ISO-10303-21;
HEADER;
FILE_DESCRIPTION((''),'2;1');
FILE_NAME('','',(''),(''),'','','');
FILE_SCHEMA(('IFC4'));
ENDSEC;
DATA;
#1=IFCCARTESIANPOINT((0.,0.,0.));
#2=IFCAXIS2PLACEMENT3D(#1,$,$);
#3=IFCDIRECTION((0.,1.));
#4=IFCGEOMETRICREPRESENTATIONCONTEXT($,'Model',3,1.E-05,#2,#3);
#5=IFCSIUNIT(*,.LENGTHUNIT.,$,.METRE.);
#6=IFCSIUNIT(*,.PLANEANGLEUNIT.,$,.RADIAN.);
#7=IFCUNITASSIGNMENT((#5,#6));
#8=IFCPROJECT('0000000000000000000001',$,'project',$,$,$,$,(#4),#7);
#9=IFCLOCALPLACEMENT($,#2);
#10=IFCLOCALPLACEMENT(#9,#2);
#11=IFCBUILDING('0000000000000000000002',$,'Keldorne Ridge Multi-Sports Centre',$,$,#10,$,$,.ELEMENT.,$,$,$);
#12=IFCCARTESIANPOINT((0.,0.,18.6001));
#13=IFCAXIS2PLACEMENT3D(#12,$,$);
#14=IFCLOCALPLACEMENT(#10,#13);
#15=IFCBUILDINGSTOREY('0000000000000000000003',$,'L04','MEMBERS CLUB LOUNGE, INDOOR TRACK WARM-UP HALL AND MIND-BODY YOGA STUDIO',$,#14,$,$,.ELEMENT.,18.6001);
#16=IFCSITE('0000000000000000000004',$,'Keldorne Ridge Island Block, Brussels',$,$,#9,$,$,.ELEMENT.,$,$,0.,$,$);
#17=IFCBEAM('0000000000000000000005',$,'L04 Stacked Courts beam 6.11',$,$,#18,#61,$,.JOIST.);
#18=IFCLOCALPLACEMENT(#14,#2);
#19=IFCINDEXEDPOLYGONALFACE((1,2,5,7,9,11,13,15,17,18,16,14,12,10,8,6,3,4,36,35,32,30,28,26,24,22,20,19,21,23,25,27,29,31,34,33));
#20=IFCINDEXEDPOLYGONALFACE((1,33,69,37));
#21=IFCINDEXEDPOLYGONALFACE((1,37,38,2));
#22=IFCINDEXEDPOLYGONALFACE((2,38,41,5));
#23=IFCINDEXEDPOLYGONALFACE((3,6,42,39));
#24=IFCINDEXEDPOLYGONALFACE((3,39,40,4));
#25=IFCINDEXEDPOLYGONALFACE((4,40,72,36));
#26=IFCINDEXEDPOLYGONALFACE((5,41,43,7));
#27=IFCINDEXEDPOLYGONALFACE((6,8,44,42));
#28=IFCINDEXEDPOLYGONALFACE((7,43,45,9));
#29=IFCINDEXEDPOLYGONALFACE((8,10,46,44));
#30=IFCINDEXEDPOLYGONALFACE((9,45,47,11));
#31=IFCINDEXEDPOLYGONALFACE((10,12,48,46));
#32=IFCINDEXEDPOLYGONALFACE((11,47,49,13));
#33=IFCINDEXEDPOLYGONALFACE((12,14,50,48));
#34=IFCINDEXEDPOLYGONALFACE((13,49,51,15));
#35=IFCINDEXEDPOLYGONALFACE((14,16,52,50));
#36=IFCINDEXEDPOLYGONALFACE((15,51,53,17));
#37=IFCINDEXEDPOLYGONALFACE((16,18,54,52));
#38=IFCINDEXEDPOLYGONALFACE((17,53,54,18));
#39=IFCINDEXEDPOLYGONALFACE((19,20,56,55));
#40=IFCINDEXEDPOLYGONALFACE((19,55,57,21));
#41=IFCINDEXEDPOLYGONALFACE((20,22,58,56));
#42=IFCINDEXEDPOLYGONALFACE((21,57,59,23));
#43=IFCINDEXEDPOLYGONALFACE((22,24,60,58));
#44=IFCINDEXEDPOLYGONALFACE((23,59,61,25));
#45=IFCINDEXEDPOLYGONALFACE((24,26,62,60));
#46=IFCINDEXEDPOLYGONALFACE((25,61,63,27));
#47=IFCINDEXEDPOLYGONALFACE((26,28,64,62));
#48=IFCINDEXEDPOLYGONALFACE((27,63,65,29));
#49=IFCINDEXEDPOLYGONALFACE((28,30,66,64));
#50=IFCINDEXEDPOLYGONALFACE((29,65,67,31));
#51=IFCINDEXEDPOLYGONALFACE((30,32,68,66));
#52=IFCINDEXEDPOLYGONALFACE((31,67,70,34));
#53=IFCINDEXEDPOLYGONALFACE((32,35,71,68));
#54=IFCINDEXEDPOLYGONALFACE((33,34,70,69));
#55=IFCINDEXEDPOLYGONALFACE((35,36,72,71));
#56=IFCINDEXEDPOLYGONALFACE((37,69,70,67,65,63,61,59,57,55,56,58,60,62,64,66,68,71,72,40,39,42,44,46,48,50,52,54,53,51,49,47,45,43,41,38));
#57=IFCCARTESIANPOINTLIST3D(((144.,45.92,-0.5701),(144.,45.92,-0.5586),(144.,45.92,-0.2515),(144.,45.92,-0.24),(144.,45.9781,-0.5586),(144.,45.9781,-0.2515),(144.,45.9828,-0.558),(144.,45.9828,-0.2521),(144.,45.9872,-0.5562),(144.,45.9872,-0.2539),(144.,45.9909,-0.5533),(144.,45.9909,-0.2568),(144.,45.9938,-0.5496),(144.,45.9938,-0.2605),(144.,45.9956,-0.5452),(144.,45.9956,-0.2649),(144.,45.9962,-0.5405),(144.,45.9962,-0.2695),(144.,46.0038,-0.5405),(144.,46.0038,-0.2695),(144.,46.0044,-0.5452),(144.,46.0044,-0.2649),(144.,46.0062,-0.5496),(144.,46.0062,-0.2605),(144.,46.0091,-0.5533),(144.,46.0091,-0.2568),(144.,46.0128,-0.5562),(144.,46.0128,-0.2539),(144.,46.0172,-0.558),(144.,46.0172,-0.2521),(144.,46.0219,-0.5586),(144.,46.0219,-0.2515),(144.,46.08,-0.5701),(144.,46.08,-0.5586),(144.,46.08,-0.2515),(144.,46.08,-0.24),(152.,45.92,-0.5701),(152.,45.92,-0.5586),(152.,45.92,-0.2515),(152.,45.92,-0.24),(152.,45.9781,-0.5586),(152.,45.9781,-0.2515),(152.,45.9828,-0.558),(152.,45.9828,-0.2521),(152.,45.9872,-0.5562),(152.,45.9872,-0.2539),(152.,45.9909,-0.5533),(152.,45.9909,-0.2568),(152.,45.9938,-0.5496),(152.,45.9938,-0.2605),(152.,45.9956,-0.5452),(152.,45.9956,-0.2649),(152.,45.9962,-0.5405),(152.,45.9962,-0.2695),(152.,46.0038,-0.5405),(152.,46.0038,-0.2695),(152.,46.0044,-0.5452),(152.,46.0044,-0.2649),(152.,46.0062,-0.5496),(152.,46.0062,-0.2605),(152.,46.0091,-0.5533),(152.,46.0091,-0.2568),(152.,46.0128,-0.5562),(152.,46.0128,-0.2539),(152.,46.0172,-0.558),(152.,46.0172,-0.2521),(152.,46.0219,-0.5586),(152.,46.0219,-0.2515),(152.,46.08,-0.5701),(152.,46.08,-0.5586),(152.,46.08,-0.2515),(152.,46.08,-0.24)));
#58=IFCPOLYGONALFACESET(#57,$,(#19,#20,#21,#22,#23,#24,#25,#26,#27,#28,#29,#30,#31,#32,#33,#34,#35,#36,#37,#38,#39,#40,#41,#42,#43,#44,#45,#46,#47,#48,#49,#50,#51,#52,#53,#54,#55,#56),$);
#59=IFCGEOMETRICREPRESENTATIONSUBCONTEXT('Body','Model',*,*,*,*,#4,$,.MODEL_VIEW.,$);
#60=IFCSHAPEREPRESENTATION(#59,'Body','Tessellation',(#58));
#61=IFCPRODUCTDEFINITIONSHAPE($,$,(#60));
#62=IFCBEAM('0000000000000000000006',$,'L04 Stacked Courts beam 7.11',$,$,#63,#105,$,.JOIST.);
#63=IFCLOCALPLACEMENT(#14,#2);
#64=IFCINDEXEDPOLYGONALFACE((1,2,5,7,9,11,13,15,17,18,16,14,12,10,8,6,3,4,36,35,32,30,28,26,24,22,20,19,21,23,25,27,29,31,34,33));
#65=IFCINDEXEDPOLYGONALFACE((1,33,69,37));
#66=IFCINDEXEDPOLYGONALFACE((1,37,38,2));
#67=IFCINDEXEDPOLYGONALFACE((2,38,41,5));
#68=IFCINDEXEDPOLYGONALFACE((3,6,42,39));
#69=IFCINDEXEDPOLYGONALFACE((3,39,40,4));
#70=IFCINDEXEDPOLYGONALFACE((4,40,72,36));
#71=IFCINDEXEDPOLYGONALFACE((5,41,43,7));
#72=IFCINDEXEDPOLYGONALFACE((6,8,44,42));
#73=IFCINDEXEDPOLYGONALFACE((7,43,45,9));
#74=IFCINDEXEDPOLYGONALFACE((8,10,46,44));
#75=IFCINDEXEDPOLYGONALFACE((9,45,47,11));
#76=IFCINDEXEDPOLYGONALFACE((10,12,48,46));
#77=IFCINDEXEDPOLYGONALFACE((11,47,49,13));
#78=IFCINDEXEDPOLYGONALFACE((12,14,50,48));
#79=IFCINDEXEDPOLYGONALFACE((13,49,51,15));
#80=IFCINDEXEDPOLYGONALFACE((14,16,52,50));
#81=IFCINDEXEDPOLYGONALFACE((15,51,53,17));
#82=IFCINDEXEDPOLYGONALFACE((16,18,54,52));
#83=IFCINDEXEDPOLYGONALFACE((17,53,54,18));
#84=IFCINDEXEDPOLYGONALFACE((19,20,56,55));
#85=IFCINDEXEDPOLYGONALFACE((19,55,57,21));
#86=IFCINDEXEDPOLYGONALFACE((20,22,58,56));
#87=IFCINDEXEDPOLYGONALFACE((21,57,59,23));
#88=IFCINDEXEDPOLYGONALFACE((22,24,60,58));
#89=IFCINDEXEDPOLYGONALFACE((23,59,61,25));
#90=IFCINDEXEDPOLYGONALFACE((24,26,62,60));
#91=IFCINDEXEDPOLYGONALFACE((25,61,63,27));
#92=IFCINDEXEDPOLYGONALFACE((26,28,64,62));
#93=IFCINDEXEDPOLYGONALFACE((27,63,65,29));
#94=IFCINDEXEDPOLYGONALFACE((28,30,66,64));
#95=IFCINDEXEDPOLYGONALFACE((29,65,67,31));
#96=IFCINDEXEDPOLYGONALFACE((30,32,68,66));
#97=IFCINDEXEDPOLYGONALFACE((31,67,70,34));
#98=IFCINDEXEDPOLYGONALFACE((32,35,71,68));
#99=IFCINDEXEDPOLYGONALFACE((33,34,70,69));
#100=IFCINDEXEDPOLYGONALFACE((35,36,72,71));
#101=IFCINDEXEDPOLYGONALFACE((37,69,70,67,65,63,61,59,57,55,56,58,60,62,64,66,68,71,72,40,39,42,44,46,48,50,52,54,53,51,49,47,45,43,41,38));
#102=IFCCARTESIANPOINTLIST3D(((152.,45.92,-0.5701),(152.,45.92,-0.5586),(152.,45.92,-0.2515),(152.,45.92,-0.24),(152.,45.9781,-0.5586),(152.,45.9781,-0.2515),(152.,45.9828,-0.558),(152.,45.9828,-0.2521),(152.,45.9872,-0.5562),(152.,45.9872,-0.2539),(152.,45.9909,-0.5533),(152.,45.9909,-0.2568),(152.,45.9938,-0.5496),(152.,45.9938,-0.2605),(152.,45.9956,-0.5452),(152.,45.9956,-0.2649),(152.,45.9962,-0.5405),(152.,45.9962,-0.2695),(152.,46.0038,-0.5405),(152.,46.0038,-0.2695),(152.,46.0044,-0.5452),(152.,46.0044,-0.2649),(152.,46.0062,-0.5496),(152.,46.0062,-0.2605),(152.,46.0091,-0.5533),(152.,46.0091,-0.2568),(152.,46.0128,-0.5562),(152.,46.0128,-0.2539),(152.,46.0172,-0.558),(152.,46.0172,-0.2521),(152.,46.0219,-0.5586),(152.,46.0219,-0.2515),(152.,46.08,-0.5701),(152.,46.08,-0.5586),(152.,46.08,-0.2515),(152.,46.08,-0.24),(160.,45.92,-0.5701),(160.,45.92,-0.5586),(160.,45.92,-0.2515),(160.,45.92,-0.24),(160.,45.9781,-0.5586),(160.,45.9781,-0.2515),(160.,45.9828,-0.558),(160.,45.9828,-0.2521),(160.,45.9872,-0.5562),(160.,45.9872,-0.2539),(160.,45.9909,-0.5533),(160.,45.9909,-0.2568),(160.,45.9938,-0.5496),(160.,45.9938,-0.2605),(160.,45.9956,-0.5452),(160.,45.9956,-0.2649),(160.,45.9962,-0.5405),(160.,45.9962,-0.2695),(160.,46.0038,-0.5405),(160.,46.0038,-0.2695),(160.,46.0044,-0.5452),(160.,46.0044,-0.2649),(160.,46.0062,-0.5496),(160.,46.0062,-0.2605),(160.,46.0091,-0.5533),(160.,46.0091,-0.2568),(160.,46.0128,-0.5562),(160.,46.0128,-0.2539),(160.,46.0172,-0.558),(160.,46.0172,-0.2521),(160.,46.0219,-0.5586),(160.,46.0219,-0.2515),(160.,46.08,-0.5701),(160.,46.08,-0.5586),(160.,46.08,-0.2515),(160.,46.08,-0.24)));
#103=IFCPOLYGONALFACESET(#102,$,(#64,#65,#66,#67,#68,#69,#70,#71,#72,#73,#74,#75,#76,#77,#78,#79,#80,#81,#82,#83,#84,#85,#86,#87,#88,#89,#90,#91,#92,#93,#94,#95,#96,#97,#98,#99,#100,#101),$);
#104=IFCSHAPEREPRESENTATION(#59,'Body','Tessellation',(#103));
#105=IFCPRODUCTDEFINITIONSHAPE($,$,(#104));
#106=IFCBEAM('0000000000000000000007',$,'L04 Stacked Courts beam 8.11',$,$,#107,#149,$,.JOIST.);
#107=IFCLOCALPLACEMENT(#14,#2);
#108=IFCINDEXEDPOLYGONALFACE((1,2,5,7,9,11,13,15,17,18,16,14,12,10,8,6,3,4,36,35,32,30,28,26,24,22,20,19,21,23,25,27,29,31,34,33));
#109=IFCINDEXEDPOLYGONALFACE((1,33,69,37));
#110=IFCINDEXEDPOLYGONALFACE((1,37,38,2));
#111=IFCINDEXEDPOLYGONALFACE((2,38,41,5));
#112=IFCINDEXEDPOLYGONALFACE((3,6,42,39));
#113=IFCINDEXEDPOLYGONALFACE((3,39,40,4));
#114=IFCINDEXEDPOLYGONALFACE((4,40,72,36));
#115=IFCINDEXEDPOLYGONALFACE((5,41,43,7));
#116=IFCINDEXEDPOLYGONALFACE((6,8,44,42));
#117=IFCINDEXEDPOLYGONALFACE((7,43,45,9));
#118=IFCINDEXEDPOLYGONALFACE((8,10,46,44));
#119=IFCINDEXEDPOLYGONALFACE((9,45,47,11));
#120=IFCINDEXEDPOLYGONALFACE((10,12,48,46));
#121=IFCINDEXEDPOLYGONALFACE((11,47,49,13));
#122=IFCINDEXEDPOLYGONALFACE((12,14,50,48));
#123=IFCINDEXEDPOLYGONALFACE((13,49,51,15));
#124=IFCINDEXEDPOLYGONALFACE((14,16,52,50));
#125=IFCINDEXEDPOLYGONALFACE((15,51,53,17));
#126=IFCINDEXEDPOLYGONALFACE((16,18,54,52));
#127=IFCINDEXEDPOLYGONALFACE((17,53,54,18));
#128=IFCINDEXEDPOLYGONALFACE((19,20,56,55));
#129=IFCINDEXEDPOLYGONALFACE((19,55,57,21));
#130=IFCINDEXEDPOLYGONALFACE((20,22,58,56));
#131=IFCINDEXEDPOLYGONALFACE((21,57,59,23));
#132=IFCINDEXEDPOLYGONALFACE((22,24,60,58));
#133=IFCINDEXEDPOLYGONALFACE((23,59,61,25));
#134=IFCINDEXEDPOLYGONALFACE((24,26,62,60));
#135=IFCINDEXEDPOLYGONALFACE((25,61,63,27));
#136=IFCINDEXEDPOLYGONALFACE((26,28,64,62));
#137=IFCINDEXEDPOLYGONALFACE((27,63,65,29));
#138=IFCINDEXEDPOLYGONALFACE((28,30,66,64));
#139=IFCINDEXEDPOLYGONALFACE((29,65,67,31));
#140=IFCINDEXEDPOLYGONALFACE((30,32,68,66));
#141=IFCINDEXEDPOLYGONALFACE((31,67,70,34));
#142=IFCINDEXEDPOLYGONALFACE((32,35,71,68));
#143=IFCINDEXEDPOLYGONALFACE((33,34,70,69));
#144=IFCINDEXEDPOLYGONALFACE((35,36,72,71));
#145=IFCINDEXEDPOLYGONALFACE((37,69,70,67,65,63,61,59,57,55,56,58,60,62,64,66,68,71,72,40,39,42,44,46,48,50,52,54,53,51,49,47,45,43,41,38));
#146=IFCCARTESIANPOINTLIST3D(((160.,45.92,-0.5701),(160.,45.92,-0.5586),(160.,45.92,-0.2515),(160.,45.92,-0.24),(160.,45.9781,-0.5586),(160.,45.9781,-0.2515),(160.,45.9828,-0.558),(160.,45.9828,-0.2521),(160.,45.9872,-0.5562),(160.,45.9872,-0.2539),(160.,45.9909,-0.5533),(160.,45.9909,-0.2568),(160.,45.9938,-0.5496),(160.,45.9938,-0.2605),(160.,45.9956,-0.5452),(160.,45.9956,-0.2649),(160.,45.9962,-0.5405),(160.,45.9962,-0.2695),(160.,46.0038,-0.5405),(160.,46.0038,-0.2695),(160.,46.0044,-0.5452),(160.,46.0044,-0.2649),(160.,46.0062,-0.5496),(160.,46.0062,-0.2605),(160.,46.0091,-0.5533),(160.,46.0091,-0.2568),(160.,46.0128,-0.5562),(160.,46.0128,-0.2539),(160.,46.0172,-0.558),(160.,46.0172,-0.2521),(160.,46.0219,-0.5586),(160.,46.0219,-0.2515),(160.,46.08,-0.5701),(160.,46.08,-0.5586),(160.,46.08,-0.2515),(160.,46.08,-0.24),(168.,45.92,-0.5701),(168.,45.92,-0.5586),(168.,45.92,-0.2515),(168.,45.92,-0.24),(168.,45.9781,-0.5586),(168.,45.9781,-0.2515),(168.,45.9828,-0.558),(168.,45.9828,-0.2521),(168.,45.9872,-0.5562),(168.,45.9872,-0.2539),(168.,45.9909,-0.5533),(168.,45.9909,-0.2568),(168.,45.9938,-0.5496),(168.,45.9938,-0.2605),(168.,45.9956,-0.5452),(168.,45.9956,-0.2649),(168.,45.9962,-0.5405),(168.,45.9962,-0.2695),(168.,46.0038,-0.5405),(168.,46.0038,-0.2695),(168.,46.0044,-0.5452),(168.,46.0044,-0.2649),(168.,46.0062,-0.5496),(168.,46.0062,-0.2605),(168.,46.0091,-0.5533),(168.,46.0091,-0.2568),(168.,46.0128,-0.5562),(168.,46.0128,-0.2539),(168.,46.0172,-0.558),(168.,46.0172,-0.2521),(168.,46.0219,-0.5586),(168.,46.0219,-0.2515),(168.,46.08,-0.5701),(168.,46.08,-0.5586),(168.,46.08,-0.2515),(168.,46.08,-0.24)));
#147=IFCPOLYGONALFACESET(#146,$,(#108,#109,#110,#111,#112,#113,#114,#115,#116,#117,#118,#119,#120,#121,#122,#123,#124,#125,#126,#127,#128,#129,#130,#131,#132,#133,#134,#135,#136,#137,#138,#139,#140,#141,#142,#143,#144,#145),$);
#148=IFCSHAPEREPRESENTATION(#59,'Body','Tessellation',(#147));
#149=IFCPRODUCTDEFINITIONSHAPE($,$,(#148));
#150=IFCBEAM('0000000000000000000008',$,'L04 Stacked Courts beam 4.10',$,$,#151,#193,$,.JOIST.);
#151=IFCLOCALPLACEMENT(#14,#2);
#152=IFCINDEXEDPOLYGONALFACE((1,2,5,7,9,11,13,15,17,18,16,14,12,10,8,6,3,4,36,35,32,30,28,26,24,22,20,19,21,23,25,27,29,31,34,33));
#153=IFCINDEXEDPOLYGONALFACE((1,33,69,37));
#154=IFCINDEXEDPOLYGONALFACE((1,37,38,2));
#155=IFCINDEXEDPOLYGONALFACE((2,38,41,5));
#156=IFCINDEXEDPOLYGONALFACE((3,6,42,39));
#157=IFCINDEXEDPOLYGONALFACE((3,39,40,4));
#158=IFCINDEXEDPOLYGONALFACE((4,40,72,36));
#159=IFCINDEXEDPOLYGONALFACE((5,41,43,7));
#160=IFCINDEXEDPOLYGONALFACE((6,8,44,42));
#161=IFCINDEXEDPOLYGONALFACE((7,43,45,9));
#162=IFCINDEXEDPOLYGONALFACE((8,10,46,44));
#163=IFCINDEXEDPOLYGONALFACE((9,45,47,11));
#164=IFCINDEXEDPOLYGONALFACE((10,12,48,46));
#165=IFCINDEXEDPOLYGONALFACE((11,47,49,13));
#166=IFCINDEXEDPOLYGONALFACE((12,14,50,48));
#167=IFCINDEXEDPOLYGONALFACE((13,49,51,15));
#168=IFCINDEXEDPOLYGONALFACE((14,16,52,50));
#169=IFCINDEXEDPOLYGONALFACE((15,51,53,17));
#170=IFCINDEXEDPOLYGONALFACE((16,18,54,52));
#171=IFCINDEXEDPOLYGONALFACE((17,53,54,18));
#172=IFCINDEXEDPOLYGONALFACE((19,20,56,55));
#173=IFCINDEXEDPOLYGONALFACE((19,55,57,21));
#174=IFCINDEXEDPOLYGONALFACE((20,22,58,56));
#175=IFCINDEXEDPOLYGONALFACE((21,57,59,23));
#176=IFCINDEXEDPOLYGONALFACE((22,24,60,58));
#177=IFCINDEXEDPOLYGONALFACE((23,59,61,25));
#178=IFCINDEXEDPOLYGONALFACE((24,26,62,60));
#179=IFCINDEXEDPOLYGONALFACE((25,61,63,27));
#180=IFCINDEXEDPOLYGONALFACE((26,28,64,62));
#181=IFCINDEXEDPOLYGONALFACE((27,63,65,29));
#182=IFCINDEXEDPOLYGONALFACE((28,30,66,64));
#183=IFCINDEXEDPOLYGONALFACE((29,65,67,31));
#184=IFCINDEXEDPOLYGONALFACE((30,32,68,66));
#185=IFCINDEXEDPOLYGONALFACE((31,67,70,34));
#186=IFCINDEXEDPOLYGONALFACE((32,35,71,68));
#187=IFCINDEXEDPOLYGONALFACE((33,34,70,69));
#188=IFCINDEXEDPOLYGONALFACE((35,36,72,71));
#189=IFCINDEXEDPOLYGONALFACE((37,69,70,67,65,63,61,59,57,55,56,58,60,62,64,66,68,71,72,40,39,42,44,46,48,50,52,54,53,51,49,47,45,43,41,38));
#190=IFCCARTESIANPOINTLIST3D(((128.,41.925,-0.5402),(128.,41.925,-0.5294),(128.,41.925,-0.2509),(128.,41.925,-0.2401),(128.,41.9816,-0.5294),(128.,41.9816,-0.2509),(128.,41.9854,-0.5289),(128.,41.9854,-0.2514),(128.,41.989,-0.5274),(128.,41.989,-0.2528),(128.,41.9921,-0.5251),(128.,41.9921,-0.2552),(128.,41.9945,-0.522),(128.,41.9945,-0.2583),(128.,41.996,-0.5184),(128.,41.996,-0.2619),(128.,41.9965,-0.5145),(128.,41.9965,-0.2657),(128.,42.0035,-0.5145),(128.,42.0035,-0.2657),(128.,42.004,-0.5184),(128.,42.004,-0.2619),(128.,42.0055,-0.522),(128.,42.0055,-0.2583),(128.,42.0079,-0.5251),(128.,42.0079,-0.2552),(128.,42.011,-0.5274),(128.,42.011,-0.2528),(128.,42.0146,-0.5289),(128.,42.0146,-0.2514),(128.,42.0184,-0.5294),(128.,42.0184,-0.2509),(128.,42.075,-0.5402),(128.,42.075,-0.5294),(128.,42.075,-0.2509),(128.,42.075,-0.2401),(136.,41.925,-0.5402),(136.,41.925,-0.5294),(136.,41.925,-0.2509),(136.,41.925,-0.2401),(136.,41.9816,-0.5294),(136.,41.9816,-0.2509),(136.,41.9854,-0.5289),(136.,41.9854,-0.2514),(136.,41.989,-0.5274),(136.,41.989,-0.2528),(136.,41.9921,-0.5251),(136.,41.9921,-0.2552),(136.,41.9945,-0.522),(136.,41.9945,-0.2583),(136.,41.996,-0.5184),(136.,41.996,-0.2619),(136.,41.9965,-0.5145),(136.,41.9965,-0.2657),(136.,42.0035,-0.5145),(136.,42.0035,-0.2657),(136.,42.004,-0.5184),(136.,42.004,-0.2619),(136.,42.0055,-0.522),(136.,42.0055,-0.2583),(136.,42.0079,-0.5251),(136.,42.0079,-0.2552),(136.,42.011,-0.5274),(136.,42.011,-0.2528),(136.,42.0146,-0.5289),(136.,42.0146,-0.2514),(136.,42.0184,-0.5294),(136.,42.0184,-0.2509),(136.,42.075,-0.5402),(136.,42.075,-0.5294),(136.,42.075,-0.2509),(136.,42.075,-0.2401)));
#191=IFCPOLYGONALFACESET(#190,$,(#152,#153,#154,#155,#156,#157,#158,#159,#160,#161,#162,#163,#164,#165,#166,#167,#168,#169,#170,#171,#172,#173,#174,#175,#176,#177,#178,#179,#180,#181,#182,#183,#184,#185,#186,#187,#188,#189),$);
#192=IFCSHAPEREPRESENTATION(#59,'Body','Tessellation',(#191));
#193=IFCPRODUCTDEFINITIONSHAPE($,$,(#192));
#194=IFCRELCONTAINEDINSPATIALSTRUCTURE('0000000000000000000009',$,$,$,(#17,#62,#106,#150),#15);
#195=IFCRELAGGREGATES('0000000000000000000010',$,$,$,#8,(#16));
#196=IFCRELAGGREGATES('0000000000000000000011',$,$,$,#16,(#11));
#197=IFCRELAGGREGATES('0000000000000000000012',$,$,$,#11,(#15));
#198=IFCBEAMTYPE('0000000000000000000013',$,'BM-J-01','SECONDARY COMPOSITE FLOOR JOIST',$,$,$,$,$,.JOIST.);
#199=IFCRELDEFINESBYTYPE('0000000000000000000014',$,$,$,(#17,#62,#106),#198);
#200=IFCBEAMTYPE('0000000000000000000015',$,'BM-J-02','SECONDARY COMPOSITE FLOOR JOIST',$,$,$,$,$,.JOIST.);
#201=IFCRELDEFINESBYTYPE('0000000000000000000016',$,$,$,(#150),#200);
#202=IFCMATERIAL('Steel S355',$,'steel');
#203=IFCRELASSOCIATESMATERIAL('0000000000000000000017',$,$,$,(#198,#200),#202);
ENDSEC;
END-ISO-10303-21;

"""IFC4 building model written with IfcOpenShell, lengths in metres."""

from ifc_helpers import new_model, si_unit, direction, frame, origin, origin_2d, place, context, subcontext, project, spatial, i_section, extrude, material, material_profile, profile_set, type_object, element, save


model = new_model("IFC4")

# Units and contexts
model_context = context("Model", 3, precision=1e-05, world=origin(), true_north=direction((0.0, 1.0)))
body_context = subcontext(model_context, "Body", "Model", "MODEL_VIEW")
ifc_project = project(units=[si_unit("LENGTHUNIT", "METRE"), si_unit("PLANEANGLEUNIT", "RADIAN")], contexts=[model_context])

# Site, building, storey
site_placement = place(None, origin())
site = spatial("IfcSite", under=ifc_project, at=site_placement, Name="Keldorne Ridge Island Block, Brussels", CompositionType="ELEMENT", RefElevation=0.0)
building_placement = place(site_placement, origin())
building = spatial("IfcBuilding", under=site, at=building_placement, Name="Keldorne Ridge Multi-Sports Centre", CompositionType="ELEMENT")
storey_placement = place(building_placement, frame((0.0, 0.0, 18.6001)))
storey = spatial("IfcBuildingStorey", under=building, at=storey_placement, Name="L04", Description="MEMBERS CLUB LOUNGE, INDOOR TRACK WARM-UP HALL AND MIND-BODY YOGA STUDIO", CompositionType="ELEMENT", Elevation=18.6001)

# Shared definitions
ifc_material_1 = material(Name="Steel S355", Category="steel")

# Beams
ifc_material_profile_1 = material_profile(ifc_material_1, i_section(OverallWidth=0.1599, OverallDepth=0.3301, WebThickness=0.0076, FlangeThickness=0.0115, FilletRadius=0.0181, at=origin_2d()), Name="IPE 330")
ifc_profile_set_1 = profile_set([ifc_material_profile_1], Name="Steel S355")
beam_type_1 = type_object("IfcBeamType", Name="BM-J-01", Description="SECONDARY COMPOSITE FLOOR JOIST", PredefinedType="JOIST", material=ifc_profile_set_1)
for number, where, z_axis, x_axis, name in (
    (1, (144.0, 46.0, -0.405), (1.0, 0.0, 0.0), (0.0, 1.0, 0.0), "L04 Stacked Courts beam 6.11"),
    (2, (152.0, 46.0, -0.405), (1.0, 0.0, 0.0), (0.0, 1.0, 0.0), "L04 Stacked Courts beam 7.11"),
    (3, (160.0, 46.0, -0.405), (1.0, 0.0, 0.0), (0.0, 1.0, 0.0), "L04 Stacked Courts beam 8.11"),
):
    element("IfcBeam", number, at=place(storey_placement, frame(where, z_axis=z_axis, x_axis=x_axis)), inside=storey, type_object=beam_type_1, Name=name, PredefinedType="JOIST", context=body_context, shape_type="SweptSolid", body=[
        extrude(i_section(OverallWidth=0.1599, OverallDepth=0.3301, WebThickness=0.0076, FlangeThickness=0.0115, FilletRadius=0.0181, at=origin_2d()), origin(), (0.0, 0.0, 1.0), 8.0),
    ])
ifc_material_profile_2 = material_profile(ifc_material_1, i_section(OverallWidth=0.1499, OverallDepth=0.3, WebThickness=0.0071, FlangeThickness=0.0107, FilletRadius=0.0149, at=origin_2d()), Name="IPE 300")
ifc_profile_set_2 = profile_set([ifc_material_profile_2], Name="Steel S355")
beam_type_2 = type_object("IfcBeamType", Name="BM-J-02", Description="SECONDARY COMPOSITE FLOOR JOIST", PredefinedType="JOIST", material=ifc_profile_set_2)
for number, where, z_axis, x_axis, name in (
    (4, (128.0, 42.0, -0.3901), (1.0, 0.0, 0.0), (0.0, 1.0, 0.0), "L04 Stacked Courts beam 4.10"),
):
    element("IfcBeam", number, at=place(storey_placement, frame(where, z_axis=z_axis, x_axis=x_axis)), inside=storey, type_object=beam_type_2, Name=name, PredefinedType="JOIST", context=body_context, shape_type="SweptSolid", body=[
        extrude(i_section(OverallWidth=0.1499, OverallDepth=0.3, WebThickness=0.0071, FlangeThickness=0.0107, FilletRadius=0.0149, at=origin_2d()), origin(), (0.0, 0.0, 1.0), 8.0),
    ])

save(model, "model.ifc")
